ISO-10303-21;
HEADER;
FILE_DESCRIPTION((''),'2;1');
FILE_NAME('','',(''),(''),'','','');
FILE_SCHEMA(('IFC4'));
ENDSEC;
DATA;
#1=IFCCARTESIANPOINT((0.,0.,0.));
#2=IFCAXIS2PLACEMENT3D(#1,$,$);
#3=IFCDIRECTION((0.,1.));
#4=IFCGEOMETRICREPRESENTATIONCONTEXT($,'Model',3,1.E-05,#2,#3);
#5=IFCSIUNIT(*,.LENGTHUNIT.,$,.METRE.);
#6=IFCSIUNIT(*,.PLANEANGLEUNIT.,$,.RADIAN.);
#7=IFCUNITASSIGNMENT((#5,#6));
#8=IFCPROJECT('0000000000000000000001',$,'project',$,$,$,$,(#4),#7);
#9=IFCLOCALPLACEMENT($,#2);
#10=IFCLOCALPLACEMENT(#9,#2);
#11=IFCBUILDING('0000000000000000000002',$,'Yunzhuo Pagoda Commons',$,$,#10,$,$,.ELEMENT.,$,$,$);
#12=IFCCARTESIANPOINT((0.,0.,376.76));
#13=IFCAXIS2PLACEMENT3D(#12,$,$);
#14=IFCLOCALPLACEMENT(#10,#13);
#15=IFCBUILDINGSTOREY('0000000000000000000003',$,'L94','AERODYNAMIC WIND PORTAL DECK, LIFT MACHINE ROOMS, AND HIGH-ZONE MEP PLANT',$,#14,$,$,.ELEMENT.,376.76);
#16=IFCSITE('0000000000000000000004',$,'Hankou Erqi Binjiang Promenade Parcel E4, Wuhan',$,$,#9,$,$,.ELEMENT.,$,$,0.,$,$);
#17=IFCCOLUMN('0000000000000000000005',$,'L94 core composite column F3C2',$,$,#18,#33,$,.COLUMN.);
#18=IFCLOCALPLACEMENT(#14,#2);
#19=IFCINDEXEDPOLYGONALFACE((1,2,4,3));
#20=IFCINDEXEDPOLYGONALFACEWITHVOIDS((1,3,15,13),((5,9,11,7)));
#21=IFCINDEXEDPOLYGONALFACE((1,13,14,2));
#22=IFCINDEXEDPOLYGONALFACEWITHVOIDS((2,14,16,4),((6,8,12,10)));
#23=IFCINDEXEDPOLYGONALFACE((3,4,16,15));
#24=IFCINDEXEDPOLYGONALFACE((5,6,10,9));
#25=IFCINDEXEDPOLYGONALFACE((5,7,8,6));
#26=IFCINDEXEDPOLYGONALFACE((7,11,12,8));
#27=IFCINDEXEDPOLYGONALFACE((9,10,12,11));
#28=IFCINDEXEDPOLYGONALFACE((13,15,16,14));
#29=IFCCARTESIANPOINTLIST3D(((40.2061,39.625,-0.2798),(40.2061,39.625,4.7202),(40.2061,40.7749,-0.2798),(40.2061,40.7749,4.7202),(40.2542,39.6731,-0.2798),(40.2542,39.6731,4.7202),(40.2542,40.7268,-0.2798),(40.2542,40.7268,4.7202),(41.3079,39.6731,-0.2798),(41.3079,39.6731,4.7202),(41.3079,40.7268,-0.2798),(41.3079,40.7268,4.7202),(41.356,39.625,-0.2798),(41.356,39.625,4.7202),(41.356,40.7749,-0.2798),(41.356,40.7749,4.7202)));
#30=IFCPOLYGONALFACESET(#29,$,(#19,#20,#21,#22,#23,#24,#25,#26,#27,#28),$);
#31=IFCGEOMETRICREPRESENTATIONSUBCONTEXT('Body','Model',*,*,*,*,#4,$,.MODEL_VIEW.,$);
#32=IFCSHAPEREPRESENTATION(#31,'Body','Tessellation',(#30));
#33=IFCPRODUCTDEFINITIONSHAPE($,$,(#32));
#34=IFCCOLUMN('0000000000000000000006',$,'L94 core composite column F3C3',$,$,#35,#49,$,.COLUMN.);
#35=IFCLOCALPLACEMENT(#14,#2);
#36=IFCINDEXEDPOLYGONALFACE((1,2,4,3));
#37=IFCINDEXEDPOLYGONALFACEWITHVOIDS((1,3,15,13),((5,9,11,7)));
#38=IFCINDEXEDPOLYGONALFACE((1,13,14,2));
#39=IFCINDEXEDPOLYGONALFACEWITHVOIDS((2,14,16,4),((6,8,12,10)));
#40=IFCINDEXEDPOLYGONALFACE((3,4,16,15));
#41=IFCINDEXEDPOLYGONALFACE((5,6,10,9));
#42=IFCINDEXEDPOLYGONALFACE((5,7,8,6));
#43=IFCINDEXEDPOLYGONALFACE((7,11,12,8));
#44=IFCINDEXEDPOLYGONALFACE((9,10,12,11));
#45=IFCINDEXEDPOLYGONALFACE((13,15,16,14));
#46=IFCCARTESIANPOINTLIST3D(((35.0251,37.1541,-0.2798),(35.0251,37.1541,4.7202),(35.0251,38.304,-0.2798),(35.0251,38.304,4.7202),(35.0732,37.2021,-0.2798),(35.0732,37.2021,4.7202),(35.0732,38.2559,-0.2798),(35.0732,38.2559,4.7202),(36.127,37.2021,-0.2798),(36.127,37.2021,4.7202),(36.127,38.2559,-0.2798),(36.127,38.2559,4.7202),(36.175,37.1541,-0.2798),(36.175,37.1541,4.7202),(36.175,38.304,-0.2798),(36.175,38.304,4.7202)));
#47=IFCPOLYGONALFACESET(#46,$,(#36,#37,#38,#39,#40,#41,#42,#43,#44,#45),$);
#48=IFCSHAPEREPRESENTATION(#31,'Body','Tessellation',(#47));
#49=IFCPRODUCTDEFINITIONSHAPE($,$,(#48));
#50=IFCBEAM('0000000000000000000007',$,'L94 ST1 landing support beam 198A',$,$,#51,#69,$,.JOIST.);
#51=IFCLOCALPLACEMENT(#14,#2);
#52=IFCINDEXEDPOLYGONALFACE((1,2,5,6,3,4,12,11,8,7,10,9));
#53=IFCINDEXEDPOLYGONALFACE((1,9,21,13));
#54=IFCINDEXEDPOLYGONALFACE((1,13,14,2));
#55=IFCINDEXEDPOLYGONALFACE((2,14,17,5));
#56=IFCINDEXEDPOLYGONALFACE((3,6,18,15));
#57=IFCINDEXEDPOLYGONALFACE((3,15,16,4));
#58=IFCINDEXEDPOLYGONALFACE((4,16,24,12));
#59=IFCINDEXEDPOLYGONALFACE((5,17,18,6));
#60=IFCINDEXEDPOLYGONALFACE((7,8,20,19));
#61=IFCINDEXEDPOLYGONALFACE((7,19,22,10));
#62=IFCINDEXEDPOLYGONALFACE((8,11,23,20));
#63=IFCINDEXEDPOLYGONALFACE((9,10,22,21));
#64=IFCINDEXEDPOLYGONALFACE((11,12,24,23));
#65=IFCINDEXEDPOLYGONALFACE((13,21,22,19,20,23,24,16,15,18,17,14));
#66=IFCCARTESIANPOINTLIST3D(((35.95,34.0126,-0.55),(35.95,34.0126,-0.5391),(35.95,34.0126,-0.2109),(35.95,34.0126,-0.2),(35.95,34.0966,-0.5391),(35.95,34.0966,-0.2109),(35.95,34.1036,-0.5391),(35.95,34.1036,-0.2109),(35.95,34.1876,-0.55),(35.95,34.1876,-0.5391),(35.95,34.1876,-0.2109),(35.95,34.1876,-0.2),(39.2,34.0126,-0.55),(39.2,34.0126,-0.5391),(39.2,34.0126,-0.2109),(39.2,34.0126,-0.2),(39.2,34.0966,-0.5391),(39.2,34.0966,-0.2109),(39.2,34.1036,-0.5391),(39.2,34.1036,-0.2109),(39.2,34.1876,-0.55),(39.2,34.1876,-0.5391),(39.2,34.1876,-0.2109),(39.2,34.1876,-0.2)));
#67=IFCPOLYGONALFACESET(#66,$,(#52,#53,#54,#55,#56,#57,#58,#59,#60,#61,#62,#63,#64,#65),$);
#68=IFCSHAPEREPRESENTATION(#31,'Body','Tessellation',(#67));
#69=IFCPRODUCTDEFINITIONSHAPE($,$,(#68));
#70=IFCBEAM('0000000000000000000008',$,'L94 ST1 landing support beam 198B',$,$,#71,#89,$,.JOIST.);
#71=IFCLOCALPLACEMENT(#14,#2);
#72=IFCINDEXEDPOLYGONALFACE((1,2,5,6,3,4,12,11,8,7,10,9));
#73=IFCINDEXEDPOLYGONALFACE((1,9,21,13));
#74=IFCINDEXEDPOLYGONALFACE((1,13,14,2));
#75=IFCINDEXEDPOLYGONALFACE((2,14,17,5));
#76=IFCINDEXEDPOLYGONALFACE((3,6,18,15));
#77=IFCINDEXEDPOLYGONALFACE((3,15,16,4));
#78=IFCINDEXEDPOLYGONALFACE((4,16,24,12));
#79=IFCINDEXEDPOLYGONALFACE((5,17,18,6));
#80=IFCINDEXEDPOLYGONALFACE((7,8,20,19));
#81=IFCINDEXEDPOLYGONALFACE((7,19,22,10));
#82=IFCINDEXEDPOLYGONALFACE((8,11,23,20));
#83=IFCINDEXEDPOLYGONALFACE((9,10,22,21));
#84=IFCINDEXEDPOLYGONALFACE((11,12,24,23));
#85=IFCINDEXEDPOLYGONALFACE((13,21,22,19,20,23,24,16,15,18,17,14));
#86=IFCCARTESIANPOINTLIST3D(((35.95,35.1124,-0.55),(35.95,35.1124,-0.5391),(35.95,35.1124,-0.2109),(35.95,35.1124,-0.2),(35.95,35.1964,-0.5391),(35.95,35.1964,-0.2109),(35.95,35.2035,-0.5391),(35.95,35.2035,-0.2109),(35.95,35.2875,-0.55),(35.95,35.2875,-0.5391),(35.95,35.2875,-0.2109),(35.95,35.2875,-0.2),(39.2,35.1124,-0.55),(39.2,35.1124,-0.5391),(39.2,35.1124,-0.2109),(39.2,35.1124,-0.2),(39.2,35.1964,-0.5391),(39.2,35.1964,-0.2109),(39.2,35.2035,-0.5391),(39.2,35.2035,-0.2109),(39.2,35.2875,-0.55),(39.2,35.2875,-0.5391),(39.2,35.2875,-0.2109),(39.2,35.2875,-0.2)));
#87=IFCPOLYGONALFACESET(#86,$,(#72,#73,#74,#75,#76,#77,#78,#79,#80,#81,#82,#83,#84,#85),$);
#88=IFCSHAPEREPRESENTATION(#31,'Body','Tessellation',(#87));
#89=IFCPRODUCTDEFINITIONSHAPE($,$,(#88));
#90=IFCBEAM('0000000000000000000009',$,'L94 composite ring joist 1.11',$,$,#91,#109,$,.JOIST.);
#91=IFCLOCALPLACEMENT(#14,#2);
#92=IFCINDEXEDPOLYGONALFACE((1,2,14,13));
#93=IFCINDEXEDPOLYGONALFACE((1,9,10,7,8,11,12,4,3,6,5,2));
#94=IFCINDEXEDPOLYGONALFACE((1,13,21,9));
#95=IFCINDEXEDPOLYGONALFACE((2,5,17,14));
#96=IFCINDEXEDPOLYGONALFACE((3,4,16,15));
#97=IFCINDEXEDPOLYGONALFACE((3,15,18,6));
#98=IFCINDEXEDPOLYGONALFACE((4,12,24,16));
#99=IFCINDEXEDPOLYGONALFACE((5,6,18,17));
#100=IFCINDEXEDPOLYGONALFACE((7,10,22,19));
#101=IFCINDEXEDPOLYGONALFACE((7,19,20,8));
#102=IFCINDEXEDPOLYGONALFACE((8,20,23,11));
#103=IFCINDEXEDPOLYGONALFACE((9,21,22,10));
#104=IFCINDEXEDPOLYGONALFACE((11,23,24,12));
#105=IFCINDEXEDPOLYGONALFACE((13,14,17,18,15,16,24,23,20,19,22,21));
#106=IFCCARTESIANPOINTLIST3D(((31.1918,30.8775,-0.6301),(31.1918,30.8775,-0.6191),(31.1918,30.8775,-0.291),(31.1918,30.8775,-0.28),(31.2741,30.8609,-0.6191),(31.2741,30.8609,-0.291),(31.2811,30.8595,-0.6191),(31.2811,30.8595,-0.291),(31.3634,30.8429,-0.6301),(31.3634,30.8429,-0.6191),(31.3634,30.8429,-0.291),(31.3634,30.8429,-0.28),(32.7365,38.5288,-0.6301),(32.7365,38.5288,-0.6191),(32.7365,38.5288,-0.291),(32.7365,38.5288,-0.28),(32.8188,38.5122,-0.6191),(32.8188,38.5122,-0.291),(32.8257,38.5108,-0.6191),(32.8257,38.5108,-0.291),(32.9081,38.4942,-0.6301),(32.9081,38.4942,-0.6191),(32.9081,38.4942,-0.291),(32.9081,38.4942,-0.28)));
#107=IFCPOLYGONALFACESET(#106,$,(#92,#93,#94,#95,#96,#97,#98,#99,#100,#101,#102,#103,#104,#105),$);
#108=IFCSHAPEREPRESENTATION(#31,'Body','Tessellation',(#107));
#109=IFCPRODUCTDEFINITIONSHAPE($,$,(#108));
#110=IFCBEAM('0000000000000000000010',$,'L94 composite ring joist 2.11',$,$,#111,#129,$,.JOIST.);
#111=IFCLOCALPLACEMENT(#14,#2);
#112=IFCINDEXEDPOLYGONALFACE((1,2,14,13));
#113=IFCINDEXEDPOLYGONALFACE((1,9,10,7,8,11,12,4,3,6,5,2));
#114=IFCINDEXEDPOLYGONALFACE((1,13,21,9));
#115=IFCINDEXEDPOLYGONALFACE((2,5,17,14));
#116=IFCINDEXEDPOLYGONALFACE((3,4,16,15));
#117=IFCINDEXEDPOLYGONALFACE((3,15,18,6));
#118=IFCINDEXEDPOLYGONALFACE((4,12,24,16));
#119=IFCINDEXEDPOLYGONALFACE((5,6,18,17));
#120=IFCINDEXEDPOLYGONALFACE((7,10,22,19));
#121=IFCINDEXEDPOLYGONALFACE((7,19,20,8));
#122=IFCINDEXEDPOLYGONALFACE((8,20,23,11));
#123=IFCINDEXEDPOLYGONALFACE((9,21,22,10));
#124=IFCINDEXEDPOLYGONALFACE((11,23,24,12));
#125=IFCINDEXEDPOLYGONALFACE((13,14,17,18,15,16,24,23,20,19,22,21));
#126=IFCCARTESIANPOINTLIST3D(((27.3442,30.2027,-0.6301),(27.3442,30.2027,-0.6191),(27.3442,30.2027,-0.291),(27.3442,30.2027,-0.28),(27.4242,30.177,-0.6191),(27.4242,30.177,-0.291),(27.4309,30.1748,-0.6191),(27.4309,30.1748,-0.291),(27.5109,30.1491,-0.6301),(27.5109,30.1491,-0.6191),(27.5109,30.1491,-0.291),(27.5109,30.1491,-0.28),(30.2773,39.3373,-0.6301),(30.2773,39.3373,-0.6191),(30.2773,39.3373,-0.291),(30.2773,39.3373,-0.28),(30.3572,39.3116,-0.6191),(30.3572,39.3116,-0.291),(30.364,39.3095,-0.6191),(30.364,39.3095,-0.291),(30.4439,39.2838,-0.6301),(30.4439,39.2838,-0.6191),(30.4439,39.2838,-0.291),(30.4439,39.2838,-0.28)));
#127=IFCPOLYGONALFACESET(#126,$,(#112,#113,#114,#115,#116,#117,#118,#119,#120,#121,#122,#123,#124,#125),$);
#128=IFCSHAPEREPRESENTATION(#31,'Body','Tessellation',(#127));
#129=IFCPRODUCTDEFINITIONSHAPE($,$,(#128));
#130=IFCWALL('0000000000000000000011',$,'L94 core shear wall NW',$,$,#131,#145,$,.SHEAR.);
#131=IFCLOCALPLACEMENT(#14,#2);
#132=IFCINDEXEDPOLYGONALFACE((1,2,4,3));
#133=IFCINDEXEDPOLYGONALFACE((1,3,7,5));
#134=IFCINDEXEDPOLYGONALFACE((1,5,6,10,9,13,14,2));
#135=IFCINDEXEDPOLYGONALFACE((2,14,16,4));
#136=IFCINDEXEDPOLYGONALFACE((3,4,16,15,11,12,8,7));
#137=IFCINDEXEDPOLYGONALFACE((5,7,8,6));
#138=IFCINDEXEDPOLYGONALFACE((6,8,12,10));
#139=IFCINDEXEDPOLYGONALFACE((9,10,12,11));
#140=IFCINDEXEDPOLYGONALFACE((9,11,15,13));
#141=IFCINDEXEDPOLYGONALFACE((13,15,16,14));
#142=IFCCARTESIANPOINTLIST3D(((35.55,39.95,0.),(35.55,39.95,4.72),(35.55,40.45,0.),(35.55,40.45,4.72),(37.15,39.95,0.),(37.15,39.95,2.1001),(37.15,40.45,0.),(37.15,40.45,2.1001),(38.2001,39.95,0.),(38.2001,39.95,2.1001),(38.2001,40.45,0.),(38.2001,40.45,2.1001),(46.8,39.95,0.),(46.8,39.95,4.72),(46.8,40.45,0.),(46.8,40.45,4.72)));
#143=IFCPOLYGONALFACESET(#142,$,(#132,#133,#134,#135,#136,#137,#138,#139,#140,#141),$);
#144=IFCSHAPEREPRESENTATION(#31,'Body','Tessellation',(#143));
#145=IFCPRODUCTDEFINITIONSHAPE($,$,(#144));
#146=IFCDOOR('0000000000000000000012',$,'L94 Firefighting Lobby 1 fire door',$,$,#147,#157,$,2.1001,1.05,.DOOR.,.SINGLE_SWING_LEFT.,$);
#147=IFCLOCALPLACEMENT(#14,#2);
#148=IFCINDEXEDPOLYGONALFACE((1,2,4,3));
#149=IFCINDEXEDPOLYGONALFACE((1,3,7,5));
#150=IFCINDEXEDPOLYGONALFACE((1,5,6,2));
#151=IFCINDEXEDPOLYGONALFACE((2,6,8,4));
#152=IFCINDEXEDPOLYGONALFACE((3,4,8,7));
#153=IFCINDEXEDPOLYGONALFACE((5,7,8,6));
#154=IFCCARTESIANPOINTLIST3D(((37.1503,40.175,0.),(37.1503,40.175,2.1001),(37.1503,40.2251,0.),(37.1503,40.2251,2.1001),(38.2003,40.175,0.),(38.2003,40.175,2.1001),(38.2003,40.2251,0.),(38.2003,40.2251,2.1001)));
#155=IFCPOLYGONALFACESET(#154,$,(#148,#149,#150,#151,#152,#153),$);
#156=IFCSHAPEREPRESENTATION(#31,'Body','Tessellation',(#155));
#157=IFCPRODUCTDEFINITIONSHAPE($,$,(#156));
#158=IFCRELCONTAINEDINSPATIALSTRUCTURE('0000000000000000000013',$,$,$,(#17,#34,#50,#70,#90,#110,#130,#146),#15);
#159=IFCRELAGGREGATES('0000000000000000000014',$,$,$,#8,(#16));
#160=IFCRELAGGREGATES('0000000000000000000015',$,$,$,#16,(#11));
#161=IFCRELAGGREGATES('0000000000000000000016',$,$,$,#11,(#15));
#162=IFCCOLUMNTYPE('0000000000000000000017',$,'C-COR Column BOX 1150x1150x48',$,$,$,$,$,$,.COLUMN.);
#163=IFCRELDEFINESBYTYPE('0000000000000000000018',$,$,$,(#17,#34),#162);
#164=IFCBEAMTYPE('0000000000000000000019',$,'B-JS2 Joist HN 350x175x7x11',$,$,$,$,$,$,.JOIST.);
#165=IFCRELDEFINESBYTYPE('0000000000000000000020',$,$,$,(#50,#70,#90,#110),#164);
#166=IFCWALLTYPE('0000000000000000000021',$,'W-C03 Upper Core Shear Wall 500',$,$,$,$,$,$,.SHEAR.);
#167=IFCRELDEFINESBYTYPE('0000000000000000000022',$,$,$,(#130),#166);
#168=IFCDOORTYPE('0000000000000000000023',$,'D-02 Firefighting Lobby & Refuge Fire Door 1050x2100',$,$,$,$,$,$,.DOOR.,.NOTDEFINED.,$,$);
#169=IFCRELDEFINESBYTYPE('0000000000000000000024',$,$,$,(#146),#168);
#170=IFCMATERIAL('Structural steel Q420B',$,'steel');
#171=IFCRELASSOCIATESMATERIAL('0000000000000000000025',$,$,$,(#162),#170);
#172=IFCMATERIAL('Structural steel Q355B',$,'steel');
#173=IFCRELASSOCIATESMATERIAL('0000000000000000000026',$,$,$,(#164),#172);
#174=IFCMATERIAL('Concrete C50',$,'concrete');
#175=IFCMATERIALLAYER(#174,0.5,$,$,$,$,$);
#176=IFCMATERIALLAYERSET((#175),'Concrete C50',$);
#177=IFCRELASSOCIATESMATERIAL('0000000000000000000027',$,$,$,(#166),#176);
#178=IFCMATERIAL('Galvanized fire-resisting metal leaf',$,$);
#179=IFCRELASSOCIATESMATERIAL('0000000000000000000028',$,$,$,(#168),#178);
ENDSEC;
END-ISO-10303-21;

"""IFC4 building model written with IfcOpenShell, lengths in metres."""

from ifc_helpers import new_model, si_unit, direction, frame, frame_2d, origin, origin_2d, place, context, subcontext, project, spatial, rectangle, hollow_rectangle, i_section, extrude, source, transform, mapped, material, layer, layer_set, material_profile, profile_set, type_object, element, fill, save


model = new_model("IFC4")

# Units and contexts
model_context = context("Model", 3, precision=1e-05, world=origin(), true_north=direction((0.0, 1.0)))
body_context = subcontext(model_context, "Body", "Model", "MODEL_VIEW")
ifc_project = project(units=[si_unit("LENGTHUNIT", "METRE"), si_unit("PLANEANGLEUNIT", "RADIAN")], contexts=[model_context])

# Site, building, storey
site_placement = place(None, origin())
site = spatial("IfcSite", under=ifc_project, at=site_placement, Name="Hankou Erqi Binjiang Promenade Parcel E4, Wuhan", CompositionType="ELEMENT", RefElevation=0.0)
building_placement = place(site_placement, origin())
building = spatial("IfcBuilding", under=site, at=building_placement, Name="Yunzhuo Pagoda Commons", CompositionType="ELEMENT")
storey_placement = place(building_placement, frame((0.0, 0.0, 376.76)))
storey = spatial("IfcBuildingStorey", under=building, at=storey_placement, Name="L94", Description="AERODYNAMIC WIND PORTAL DECK, LIFT MACHINE ROOMS, AND HIGH-ZONE MEP PLANT", CompositionType="ELEMENT", Elevation=376.76)

# Columns
ifc_material_1 = material(Name="Structural steel Q420B", Category="steel")
ifc_material_profile_1 = material_profile(ifc_material_1, hollow_rectangle(XDim=1.1499, YDim=1.1499, WallThickness=0.0481, at=origin_2d()), Name="Structural steel Q420B")
ifc_profile_set_1 = profile_set([ifc_material_profile_1], Name="Structural steel Q420B")
column_type = type_object("IfcColumnType", Name="C-COR Column BOX 1150x1150x48", PredefinedType="COLUMN", material=ifc_profile_set_1)
shared_shape_1 = source(origin(), body_context, "Body", "SweptSolid", [
    extrude(hollow_rectangle(XDim=1.1499, YDim=1.1499, WallThickness=0.0481, at=origin_2d()), origin(), (0.0, 0.0, 1.0), 5.0),
])
for number, where, z_axis, x_axis, name in (
    (1, (40.781, 40.2, -0.2798), (0.0, 0.0, 1.0), (1.0, 0.0, 0.0), "L94 core composite column F3C2"),
    (2, (35.6001, 37.729, -0.2798), (0.0, 0.0, 1.0), (1.0, 0.0, 0.0), "L94 core composite column F3C3"),
):
    element("IfcColumn", number, at=place(storey_placement, frame(where, z_axis=z_axis, x_axis=x_axis)), inside=storey, type_object=column_type, Name=name, PredefinedType="COLUMN", context=body_context, shape_type="MappedRepresentation", body=[
        mapped(shared_shape_1, transform((0.0, 0.0, 0.0), scale=1.0)),
    ])

# Beams
ifc_material_2 = material(Name="Structural steel Q355B", Category="steel")
ifc_material_profile_2 = material_profile(ifc_material_2, i_section(OverallWidth=0.175, OverallDepth=0.3501, WebThickness=0.0071, FlangeThickness=0.011, at=origin_2d()), Name="Structural steel Q355B")
ifc_profile_set_2 = profile_set([ifc_material_profile_2], Name="Structural steel Q355B")
beam_type = type_object("IfcBeamType", Name="B-JS2 Joist HN 350x175x7x11", PredefinedType="JOIST", material=ifc_profile_set_2)
shared_shape_2 = source(origin(), body_context, "Body", "SweptSolid", [
    extrude(i_section(OverallWidth=0.175, OverallDepth=0.3501, WebThickness=0.0071, FlangeThickness=0.011, at=origin_2d()), origin(), (0.0, 0.0, 1.0), 3.25),
])
for number, where, z_axis, x_axis, name in (
    (3, (35.95, 34.1001, -0.375), (1.0, 0.0, 0.0), (0.0, 1.0, 0.0), "L94 ST1 landing support beam 198A"),
    (4, (35.95, 35.2, -0.375), (1.0, 0.0, 0.0), (0.0, 1.0, 0.0), "L94 ST1 landing support beam 198B"),
):
    element("IfcBeam", number, at=place(storey_placement, frame(where, z_axis=z_axis, x_axis=x_axis)), inside=storey, type_object=beam_type, Name=name, PredefinedType="JOIST", context=body_context, shape_type="MappedRepresentation", body=[
        mapped(shared_shape_2, transform((0.0, 0.0, 0.0), scale=1.0)),
    ])
shared_shape_3 = source(origin(), body_context, "Body", "SweptSolid", [
    extrude(i_section(OverallWidth=0.175, OverallDepth=0.3501, WebThickness=0.0071, FlangeThickness=0.011, at=origin_2d()), origin(), (0.0, 0.0, 1.0), 7.8057),
])
beam_1_placement = place(storey_placement, frame((32.8223, 38.5115, -0.4551), z_axis=(-0.19789, -0.980224, 0.0), x_axis=(0.980224, -0.19789, 0.0)))
element("IfcBeam", 5, at=beam_1_placement, inside=storey, type_object=beam_type, Name="L94 composite ring joist 1.11", PredefinedType="JOIST", context=body_context, shape_type="MappedRepresentation", body=[
    mapped(shared_shape_3, transform((0.0, 0.0, 0.0), scale=1.0)),
])
shared_shape_4 = source(origin(), body_context, "Body", "SweptSolid", [
    extrude(i_section(OverallWidth=0.175, OverallDepth=0.3501, WebThickness=0.0071, FlangeThickness=0.011, at=origin_2d()), origin(), (0.0, 0.0, 1.0), 9.594),
])
beam_2_placement = place(storey_placement, frame((30.3606, 39.3105, -0.4551), z_axis=(-0.305719, -0.952122, 0.0), x_axis=(0.952122, -0.305719, 0.0)))
element("IfcBeam", 6, at=beam_2_placement, inside=storey, type_object=beam_type, Name="L94 composite ring joist 2.11", PredefinedType="JOIST", context=body_context, shape_type="MappedRepresentation", body=[
    mapped(shared_shape_4, transform((0.0, 0.0, 0.0), scale=1.0)),
])

# Wall, opening, door
ifc_material_3 = material(Name="Concrete C50", Category="concrete")
ifc_layer_1 = layer(ifc_material_3, 0.5)
ifc_layer_set_1 = layer_set([ifc_layer_1], Name="Concrete C50")
wall_type_1 = type_object("IfcWallType", Name="W-C03 Upper Core Shear Wall 500", PredefinedType="SHEAR", material=ifc_layer_set_1)
wall_1_placement = place(storey_placement, frame((35.55, 40.2, 0.0), z_axis=(0.0, 0.0, 1.0), x_axis=(1.0, 0.0, 0.0)))
wall_1 = element("IfcWall", 7, at=wall_1_placement, inside=storey, type_object=wall_type_1, Name="L94 core shear wall NW", PredefinedType="SHEAR", context=body_context, shape_type="SweptSolid", body=[
    extrude(rectangle(XDim=11.25, YDim=0.5, at=frame_2d((5.625, 0.0))), origin(), (0.0, 0.0, 1.0), 4.72),
])
opening_1_placement = place(wall_1_placement, frame((1.6001, 0.0, 0.0)))
opening_1 = element("IfcOpeningElement", 8, at=opening_1_placement, cuts=wall_1, PredefinedType="OPENING", context=body_context, shape_type="SweptSolid", body=[
    extrude(rectangle(XDim=1.05, YDim=2.1001, at=frame_2d((0.5249, 1.05))), frame((0.0, 0.26, 0.0), z_axis=(0.0, -1.0, 0.0), x_axis=(1.0, 0.0, 0.0)), (0.0, 0.0, 1.0), 0.52),
])
ifc_material_4 = material(Name="Galvanized fire-resisting metal leaf")
door_type_1 = type_object("IfcDoorType", Name="D-02 Firefighting Lobby & Refuge Fire Door 1050x2100", OperationType="NOTDEFINED", PredefinedType="DOOR", material=ifc_material_4)
shared_shape_5 = source(origin(), body_context, "Body", "SweptSolid", [
    extrude(rectangle(XDim=1.05, YDim=2.1001, at=frame_2d((0.5249, 1.05))), frame((0.0, 0.0249, 0.0), z_axis=(0.0, -1.0, 0.0), x_axis=(1.0, 0.0, 0.0)), (0.0, 0.0, 1.0), 0.05),
])
door_1_placement = place(opening_1_placement, frame((1.05, 0.0, 0.0), z_axis=(0.0, 0.0, 1.0), x_axis=(-1.0, 0.0, 0.0)))
door_1 = element("IfcDoor", 9, at=door_1_placement, inside=storey, type_object=door_type_1, Name="L94 Firefighting Lobby 1 fire door", OperationType="SINGLE_SWING_LEFT", OverallHeight=2.1001, OverallWidth=1.05, PredefinedType="DOOR", context=body_context, shape_type="MappedRepresentation", body=[
    mapped(shared_shape_5, transform((0.0, 0.0, 0.0), scale=1.0)),
])
fill(opening_1, door_1)

save(model, "model.ifc")
